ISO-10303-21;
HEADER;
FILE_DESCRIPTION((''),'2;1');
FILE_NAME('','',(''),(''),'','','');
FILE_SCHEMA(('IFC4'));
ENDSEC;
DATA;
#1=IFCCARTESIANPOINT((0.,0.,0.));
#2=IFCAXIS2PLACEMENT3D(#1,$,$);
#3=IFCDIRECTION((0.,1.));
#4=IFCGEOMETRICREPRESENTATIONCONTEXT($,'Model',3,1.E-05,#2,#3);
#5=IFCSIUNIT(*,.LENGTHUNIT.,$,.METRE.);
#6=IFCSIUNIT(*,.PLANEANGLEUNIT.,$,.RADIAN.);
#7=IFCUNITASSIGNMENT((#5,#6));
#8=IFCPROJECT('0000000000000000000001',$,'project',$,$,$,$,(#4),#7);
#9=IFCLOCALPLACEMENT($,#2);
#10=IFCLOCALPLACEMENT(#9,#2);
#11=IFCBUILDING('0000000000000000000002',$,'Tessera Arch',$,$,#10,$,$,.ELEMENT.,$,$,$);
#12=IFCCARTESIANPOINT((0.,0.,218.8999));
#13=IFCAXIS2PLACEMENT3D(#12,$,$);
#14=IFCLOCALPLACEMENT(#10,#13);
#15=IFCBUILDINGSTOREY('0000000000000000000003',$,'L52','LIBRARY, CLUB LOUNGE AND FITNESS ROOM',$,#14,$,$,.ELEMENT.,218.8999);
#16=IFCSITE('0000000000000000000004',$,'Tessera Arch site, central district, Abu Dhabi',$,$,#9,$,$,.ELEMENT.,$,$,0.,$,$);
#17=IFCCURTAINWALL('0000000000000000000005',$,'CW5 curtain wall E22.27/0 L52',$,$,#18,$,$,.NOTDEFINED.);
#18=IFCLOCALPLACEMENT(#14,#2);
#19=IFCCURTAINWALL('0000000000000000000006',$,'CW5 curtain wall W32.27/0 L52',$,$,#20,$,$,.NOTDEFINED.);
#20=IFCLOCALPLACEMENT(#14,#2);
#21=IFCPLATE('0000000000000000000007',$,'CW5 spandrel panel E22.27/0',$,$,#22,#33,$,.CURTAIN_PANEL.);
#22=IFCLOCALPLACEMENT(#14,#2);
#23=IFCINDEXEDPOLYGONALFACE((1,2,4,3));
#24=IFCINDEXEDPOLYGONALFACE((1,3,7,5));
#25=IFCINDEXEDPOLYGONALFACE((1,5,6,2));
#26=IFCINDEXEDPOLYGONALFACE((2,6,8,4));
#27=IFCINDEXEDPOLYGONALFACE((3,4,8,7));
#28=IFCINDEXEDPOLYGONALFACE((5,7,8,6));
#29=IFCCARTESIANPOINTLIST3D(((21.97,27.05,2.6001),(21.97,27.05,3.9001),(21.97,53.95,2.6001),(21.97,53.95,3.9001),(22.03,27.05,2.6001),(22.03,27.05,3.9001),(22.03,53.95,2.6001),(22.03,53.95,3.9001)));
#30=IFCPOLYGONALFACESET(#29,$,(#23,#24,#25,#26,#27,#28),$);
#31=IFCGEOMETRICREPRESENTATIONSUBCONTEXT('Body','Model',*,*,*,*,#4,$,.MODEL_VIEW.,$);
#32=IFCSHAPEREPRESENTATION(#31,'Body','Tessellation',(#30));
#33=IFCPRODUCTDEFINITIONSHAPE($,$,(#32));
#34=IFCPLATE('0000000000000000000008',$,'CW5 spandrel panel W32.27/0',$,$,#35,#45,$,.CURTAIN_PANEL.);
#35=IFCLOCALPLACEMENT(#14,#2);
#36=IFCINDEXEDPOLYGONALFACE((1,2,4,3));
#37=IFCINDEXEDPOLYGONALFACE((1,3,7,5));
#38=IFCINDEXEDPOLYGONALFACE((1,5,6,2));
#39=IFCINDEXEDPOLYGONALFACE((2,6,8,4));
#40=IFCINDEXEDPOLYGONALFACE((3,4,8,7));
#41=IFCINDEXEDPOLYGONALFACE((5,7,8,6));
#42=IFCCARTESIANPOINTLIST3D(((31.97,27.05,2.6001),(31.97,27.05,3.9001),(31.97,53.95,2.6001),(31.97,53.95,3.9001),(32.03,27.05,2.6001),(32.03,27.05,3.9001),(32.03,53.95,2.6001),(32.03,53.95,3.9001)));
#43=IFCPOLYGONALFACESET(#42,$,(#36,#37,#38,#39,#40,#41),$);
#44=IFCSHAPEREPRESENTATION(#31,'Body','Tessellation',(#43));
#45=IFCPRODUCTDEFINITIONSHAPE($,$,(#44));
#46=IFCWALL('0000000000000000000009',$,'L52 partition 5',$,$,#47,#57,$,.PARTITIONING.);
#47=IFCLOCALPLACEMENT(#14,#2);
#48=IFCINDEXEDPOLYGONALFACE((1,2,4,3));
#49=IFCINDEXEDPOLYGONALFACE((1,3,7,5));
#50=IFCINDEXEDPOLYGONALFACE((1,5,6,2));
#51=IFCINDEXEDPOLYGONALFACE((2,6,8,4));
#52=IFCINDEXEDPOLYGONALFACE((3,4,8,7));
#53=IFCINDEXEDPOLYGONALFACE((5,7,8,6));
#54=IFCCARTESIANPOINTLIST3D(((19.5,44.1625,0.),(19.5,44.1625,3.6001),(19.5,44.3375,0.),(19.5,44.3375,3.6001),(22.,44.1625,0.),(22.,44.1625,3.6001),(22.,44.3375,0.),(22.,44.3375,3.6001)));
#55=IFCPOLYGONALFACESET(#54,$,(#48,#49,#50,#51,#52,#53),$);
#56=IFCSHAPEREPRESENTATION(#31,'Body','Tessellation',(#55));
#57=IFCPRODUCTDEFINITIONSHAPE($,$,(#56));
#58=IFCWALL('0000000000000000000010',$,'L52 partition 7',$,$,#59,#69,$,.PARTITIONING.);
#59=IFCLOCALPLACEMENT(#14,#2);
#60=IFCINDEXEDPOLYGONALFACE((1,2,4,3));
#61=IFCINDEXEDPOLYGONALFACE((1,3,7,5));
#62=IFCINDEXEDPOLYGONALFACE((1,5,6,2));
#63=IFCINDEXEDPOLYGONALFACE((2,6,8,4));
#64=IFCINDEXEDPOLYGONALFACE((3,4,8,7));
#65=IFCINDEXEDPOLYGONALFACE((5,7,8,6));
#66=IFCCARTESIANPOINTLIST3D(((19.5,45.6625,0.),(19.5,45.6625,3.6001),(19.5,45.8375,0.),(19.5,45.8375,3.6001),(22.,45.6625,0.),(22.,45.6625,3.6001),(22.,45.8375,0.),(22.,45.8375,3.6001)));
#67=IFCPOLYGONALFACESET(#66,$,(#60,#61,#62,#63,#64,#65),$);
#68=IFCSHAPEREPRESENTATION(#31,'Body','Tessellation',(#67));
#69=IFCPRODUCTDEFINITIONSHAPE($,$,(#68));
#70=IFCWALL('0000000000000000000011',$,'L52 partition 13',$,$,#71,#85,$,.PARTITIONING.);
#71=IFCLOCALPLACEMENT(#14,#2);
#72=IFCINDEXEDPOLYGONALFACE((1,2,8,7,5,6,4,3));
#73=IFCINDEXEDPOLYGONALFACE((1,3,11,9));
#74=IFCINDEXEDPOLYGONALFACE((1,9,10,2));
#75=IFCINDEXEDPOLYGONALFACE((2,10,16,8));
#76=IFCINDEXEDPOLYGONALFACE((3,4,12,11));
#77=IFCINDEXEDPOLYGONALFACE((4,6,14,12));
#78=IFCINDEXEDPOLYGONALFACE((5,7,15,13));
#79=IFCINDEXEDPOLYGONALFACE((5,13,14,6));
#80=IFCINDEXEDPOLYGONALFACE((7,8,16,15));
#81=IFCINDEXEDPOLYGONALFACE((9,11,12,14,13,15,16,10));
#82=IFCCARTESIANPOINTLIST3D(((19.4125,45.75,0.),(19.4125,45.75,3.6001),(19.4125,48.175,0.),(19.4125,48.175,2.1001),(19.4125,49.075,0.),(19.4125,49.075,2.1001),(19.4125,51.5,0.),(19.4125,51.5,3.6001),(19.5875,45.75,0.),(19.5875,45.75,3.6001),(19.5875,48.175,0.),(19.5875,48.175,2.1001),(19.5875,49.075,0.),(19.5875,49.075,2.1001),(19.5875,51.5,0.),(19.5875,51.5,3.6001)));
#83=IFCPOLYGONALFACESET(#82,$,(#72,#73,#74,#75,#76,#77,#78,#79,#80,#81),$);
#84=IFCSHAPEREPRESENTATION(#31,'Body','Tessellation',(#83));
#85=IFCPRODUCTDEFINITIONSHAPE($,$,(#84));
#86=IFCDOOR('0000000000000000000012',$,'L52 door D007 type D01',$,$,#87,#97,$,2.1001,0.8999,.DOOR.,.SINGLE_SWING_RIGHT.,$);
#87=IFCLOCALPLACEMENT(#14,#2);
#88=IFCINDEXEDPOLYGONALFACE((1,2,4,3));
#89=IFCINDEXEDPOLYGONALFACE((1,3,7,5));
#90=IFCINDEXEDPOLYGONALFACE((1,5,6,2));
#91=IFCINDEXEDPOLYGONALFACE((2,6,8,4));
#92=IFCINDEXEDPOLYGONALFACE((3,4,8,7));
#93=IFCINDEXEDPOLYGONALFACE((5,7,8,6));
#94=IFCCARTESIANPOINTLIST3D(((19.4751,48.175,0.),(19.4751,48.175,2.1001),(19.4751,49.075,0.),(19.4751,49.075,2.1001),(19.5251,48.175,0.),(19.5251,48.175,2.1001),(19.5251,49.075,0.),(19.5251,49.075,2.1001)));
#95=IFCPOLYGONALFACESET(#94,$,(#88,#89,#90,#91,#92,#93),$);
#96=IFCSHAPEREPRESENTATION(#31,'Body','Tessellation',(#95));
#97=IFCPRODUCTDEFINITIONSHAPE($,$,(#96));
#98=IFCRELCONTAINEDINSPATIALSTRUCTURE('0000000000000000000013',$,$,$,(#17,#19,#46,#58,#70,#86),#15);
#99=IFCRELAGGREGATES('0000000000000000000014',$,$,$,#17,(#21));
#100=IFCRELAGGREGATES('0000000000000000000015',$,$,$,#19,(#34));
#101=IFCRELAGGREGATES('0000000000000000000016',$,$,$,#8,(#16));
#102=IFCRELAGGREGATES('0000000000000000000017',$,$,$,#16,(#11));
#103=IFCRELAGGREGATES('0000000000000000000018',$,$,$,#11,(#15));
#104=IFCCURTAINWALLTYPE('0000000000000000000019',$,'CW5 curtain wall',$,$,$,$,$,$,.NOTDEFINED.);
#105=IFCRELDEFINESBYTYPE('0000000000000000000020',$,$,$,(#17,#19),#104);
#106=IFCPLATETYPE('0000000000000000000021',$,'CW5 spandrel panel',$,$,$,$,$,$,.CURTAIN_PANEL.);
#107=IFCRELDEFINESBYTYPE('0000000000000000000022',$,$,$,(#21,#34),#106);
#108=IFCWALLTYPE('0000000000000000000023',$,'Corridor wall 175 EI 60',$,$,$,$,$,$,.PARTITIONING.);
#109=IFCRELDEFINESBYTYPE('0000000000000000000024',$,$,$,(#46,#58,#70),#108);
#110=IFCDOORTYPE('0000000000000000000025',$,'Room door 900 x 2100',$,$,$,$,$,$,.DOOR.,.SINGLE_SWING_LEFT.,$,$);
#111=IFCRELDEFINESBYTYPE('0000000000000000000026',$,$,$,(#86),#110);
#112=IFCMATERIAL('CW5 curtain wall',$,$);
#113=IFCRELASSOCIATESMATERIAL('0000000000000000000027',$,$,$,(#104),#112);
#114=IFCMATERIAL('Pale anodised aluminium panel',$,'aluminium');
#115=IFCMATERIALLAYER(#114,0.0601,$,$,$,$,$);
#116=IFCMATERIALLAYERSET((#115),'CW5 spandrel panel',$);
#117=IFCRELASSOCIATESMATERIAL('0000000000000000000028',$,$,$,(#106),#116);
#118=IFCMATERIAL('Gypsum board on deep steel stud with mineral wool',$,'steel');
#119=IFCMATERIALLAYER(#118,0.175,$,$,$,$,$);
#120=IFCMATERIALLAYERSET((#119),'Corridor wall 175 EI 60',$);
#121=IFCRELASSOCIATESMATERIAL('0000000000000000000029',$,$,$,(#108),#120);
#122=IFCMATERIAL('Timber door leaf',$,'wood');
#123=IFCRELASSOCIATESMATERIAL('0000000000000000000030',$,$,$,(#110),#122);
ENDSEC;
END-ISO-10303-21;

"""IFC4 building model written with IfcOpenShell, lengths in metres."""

from ifc_helpers import new_model, si_unit, direction, frame, frame_2d, origin, origin_2d, place, context, subcontext, project, spatial, rectangle, extrude, material, layer, layer_set, type_object, element, fill, aggregate, save


model = new_model("IFC4")

# Units and contexts
model_context = context("Model", 3, precision=1e-05, world=origin(), true_north=direction((0.0, 1.0)))
body_context = subcontext(model_context, "Body", "Model", "MODEL_VIEW")
ifc_project = project(units=[si_unit("LENGTHUNIT", "METRE"), si_unit("PLANEANGLEUNIT", "RADIAN")], contexts=[model_context])

# Site, building, storey
site_placement = place(None, origin())
site = spatial("IfcSite", under=ifc_project, at=site_placement, Name="Tessera Arch site, central district, Abu Dhabi", CompositionType="ELEMENT", RefElevation=0.0)
building_placement = place(site_placement, origin())
building = spatial("IfcBuilding", under=site, at=building_placement, Name="Tessera Arch", CompositionType="ELEMENT")
storey_placement = place(building_placement, frame((0.0, 0.0, 218.8999)))
storey = spatial("IfcBuildingStorey", under=building, at=storey_placement, Name="L52", Description="LIBRARY, CLUB LOUNGE AND FITNESS ROOM", CompositionType="ELEMENT", Elevation=218.8999)

# Curtain wall
ifc_material_1 = material(Name="CW5 curtain wall")
curtain_wall_type_1 = type_object("IfcCurtainWallType", Name="CW5 curtain wall", PredefinedType="NOTDEFINED", material=ifc_material_1)
curtain_wall_1_placement = place(storey_placement, origin())
curtain_wall_1 = element("IfcCurtainWall", 1, at=curtain_wall_1_placement, inside=storey, type_object=curtain_wall_type_1, Name="CW5 curtain wall E22.27/0 L52", PredefinedType="NOTDEFINED")

# Curtain wall
curtain_wall_2_placement = place(storey_placement, origin())
curtain_wall_2 = element("IfcCurtainWall", 2, at=curtain_wall_2_placement, inside=storey, type_object=curtain_wall_type_1, Name="CW5 curtain wall W32.27/0 L52", PredefinedType="NOTDEFINED")

# Plates
ifc_material_2 = material(Name="Pale anodised aluminium panel", Category="aluminium")
ifc_layer_1 = layer(ifc_material_2, 0.0601)
ifc_layer_set_1 = layer_set([ifc_layer_1], Name="CW5 spandrel panel")
plate_type_1 = type_object("IfcPlateType", Name="CW5 spandrel panel", PredefinedType="CURTAIN_PANEL", material=ifc_layer_set_1)
plate_1_placement = place(storey_placement, frame((22.0, 40.5, 2.6001), z_axis=(0.0, 0.0, 1.0), x_axis=(0.0, 1.0, 0.0)))
plate_1 = element("IfcPlate", 3, at=plate_1_placement, type_object=plate_type_1, Name="CW5 spandrel panel E22.27/0", PredefinedType="CURTAIN_PANEL", context=body_context, shape_type="SweptSolid", body=[
    extrude(rectangle(XDim=26.8999, YDim=0.0601, at=origin_2d()), origin(), (0.0, 0.0, 1.0), 1.3),
])
aggregate(curtain_wall_1, [plate_1])
plate_2_placement = place(storey_placement, frame((32.0, 40.5, 2.6001), z_axis=(0.0, 0.0, 1.0), x_axis=(0.0, -1.0, 0.0)))
plate_2 = element("IfcPlate", 4, at=plate_2_placement, type_object=plate_type_1, Name="CW5 spandrel panel W32.27/0", PredefinedType="CURTAIN_PANEL", context=body_context, shape_type="SweptSolid", body=[
    extrude(rectangle(XDim=26.8999, YDim=0.0601, at=origin_2d()), origin(), (0.0, 0.0, 1.0), 1.3),
])
aggregate(curtain_wall_2, [plate_2])

# Walls
ifc_material_3 = material(Name="Gypsum board on deep steel stud with mineral wool", Category="steel")
ifc_layer_2 = layer(ifc_material_3, 0.175)
ifc_layer_set_2 = layer_set([ifc_layer_2], Name="Corridor wall 175 EI 60")
wall_type = type_object("IfcWallType", Name="Corridor wall 175 EI 60", PredefinedType="PARTITIONING", material=ifc_layer_set_2)
for number, where, z_axis, x_axis, name in (
    (5, (19.5, 44.25, 0.0), (0.0, 0.0, 1.0), (1.0, 0.0, 0.0), "L52 partition 5"),
    (6, (19.5, 45.75, 0.0), (0.0, 0.0, 1.0), (1.0, 0.0, 0.0), "L52 partition 7"),
):
    element("IfcWall", number, at=place(storey_placement, frame(where, z_axis=z_axis, x_axis=x_axis)), inside=storey, type_object=wall_type, Name=name, PredefinedType="PARTITIONING", context=body_context, shape_type="SweptSolid", body=[
        extrude(rectangle(XDim=2.5, YDim=0.175, at=frame_2d((1.25, 0.0))), origin(), (0.0, 0.0, 1.0), 3.6001),
    ])

# Wall, opening, door
wall_placement = place(storey_placement, frame((19.5, 45.75, 0.0), z_axis=(0.0, 0.0, 1.0), x_axis=(0.0, 1.0, 0.0)))
wall = element("IfcWall", 7, at=wall_placement, inside=storey, type_object=wall_type, Name="L52 partition 13", PredefinedType="PARTITIONING", context=body_context, shape_type="SweptSolid", body=[
    extrude(rectangle(XDim=5.75, YDim=0.175, at=frame_2d((2.875, 0.0))), origin(), (0.0, 0.0, 1.0), 3.6001),
])
opening_placement = place(wall_placement, frame((2.425, 0.0, 0.0)))
opening = element("IfcOpeningElement", 8, at=opening_placement, cuts=wall, PredefinedType="OPENING", context=body_context, shape_type="SweptSolid", body=[
    extrude(rectangle(XDim=0.8999, YDim=2.1001, at=frame_2d((0.45, 1.05))), frame((0.0, 0.0974, 0.0), z_axis=(0.0, -1.0, 0.0), x_axis=(1.0, 0.0, 0.0)), (0.0, 0.0, 1.0), 0.1951),
])
ifc_material_4 = material(Name="Timber door leaf", Category="wood")
door_type = type_object("IfcDoorType", Name="Room door 900 x 2100", OperationType="SINGLE_SWING_LEFT", PredefinedType="DOOR", material=ifc_material_4)
door_placement = place(opening_placement, origin())
door = element("IfcDoor", 9, at=door_placement, inside=storey, type_object=door_type, Name="L52 door D007 type D01", OperationType="SINGLE_SWING_RIGHT", OverallHeight=2.1001, OverallWidth=0.8999, PredefinedType="DOOR", context=body_context, shape_type="SweptSolid", body=[
    extrude(rectangle(XDim=0.8999, YDim=2.1001, at=frame_2d((0.45, 1.05))), frame((0.0, 0.0249, 0.0), z_axis=(0.0, -1.0, 0.0), x_axis=(1.0, 0.0, 0.0)), (0.0, 0.0, 1.0), 0.05),
])
fill(opening, door)

save(model, "model.ifc")
